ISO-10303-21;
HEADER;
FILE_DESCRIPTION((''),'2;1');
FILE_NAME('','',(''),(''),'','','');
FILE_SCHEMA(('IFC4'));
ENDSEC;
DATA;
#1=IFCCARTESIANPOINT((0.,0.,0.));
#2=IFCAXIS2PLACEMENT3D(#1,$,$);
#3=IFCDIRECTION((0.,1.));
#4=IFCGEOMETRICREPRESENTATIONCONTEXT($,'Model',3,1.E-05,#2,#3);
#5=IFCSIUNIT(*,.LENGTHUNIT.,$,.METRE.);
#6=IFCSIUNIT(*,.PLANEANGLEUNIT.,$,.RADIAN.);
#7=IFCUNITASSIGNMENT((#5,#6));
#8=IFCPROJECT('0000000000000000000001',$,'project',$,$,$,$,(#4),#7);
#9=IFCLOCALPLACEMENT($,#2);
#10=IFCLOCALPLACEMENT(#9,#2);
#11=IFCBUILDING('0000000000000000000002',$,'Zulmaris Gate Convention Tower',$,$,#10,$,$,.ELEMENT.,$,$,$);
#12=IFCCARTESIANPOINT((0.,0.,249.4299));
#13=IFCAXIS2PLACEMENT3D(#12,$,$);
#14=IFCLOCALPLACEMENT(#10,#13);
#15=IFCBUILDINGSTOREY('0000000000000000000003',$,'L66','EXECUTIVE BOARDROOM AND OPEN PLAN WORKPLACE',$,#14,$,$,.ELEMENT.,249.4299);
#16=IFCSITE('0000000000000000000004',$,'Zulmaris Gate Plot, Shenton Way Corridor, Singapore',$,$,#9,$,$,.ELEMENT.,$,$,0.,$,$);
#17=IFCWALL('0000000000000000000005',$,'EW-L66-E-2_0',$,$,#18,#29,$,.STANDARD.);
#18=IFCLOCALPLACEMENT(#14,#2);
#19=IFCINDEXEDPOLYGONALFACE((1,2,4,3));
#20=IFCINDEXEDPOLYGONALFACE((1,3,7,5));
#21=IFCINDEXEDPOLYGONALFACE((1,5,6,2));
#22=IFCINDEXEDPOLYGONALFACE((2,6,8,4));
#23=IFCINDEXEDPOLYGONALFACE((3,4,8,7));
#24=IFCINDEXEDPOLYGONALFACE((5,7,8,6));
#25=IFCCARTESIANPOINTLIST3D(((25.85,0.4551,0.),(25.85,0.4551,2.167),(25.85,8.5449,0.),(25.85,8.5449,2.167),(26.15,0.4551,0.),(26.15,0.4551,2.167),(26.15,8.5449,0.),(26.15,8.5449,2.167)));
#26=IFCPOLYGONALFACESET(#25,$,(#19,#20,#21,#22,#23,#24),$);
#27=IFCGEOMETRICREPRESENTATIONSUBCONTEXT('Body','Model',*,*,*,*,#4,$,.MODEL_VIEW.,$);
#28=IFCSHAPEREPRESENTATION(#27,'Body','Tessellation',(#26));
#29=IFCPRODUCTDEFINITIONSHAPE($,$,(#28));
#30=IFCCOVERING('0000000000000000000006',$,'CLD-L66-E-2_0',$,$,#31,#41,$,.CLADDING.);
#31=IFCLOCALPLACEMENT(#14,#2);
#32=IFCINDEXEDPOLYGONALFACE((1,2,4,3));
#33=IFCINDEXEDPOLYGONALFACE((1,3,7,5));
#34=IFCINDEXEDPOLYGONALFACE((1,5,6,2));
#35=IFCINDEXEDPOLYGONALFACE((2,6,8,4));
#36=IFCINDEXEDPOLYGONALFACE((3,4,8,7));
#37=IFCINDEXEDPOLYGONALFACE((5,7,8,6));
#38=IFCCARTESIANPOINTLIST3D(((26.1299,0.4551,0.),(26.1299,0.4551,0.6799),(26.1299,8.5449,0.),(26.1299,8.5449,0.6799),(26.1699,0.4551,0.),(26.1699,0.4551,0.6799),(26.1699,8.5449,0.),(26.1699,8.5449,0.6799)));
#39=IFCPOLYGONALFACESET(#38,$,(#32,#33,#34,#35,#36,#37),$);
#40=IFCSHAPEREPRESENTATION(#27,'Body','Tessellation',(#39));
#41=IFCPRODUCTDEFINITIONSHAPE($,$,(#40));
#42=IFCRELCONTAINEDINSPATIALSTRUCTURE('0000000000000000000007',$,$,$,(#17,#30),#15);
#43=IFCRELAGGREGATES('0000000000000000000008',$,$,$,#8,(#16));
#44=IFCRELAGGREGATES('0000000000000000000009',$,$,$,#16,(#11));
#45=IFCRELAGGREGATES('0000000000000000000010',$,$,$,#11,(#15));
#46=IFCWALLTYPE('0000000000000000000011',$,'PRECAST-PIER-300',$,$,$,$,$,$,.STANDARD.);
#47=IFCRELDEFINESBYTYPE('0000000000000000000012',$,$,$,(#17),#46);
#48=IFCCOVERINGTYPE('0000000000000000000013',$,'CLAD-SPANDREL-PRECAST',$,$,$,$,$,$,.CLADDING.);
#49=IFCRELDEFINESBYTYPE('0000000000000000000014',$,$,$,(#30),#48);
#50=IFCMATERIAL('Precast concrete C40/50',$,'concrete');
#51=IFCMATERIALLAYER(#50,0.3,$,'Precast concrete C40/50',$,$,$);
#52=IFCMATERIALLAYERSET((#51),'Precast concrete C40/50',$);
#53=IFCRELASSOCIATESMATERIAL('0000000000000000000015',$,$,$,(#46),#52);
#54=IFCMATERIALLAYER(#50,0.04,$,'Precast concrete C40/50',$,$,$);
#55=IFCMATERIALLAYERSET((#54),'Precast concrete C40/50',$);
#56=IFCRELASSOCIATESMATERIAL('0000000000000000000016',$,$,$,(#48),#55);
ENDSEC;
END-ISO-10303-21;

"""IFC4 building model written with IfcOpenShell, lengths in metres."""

from ifc_helpers import new_model, si_unit, direction, frame, frame_2d, origin, place, context, subcontext, project, spatial, rectangle, extrude, material, layer, layer_set, type_object, element, save


model = new_model("IFC4")

# Units and contexts
model_context = context("Model", 3, precision=1e-05, world=origin(), true_north=direction((0.0, 1.0)))
body_context = subcontext(model_context, "Body", "Model", "MODEL_VIEW")
ifc_project = project(units=[si_unit("LENGTHUNIT", "METRE"), si_unit("PLANEANGLEUNIT", "RADIAN")], contexts=[model_context])

# Site, building, storey
site_placement = place(None, origin())
site = spatial("IfcSite", under=ifc_project, at=site_placement, Name="Zulmaris Gate Plot, Shenton Way Corridor, Singapore", CompositionType="ELEMENT", RefElevation=0.0)
building_placement = place(site_placement, origin())
building = spatial("IfcBuilding", under=site, at=building_placement, Name="Zulmaris Gate Convention Tower", CompositionType="ELEMENT")
storey_placement = place(building_placement, frame((0.0, 0.0, 249.4299)))
storey = spatial("IfcBuildingStorey", under=building, at=storey_placement, Name="L66", Description="EXECUTIVE BOARDROOM AND OPEN PLAN WORKPLACE", CompositionType="ELEMENT", Elevation=249.4299)

# Wall
ifc_material_1 = material(Name="Precast concrete C40/50", Category="concrete")
ifc_layer_1 = layer(ifc_material_1, 0.3, Name="Precast concrete C40/50")
ifc_layer_set_1 = layer_set([ifc_layer_1], Name="Precast concrete C40/50")
wall_type_1 = type_object("IfcWallType", Name="PRECAST-PIER-300", PredefinedType="STANDARD", material=ifc_layer_set_1)
wall_1_placement = place(storey_placement, frame((26.0, 0.4551, 0.0), z_axis=(0.0, 0.0, 1.0), x_axis=(0.0, 1.0, 0.0)))
element("IfcWall", 1, at=wall_1_placement, inside=storey, type_object=wall_type_1, Name="EW-L66-E-2_0", PredefinedType="STANDARD", context=body_context, shape_type="SweptSolid", body=[
    extrude(rectangle(XDim=8.0898, YDim=0.3, at=frame_2d((4.0449, 0.0))), origin(), (0.0, 0.0, 1.0), 2.167),
])

# Covering
ifc_layer_2 = layer(ifc_material_1, 0.04, Name="Precast concrete C40/50")
ifc_layer_set_2 = layer_set([ifc_layer_2], Name="Precast concrete C40/50")
covering_type = type_object("IfcCoveringType", Name="CLAD-SPANDREL-PRECAST", PredefinedType="CLADDING", material=ifc_layer_set_2)
covering_placement = place(storey_placement, frame((26.1499, 0.4551, 0.0), z_axis=(0.0, 0.0, 1.0), x_axis=(0.0, 1.0, 0.0)))
element("IfcCovering", 2, at=covering_placement, inside=storey, type_object=covering_type, Name="CLD-L66-E-2_0", PredefinedType="CLADDING", context=body_context, shape_type="SweptSolid", body=[
    extrude(rectangle(XDim=8.0898, YDim=0.04, at=frame_2d((4.0449, 0.0))), origin(), (0.0, 0.0, 1.0), 0.6799),
])

save(model, "model.ifc")
